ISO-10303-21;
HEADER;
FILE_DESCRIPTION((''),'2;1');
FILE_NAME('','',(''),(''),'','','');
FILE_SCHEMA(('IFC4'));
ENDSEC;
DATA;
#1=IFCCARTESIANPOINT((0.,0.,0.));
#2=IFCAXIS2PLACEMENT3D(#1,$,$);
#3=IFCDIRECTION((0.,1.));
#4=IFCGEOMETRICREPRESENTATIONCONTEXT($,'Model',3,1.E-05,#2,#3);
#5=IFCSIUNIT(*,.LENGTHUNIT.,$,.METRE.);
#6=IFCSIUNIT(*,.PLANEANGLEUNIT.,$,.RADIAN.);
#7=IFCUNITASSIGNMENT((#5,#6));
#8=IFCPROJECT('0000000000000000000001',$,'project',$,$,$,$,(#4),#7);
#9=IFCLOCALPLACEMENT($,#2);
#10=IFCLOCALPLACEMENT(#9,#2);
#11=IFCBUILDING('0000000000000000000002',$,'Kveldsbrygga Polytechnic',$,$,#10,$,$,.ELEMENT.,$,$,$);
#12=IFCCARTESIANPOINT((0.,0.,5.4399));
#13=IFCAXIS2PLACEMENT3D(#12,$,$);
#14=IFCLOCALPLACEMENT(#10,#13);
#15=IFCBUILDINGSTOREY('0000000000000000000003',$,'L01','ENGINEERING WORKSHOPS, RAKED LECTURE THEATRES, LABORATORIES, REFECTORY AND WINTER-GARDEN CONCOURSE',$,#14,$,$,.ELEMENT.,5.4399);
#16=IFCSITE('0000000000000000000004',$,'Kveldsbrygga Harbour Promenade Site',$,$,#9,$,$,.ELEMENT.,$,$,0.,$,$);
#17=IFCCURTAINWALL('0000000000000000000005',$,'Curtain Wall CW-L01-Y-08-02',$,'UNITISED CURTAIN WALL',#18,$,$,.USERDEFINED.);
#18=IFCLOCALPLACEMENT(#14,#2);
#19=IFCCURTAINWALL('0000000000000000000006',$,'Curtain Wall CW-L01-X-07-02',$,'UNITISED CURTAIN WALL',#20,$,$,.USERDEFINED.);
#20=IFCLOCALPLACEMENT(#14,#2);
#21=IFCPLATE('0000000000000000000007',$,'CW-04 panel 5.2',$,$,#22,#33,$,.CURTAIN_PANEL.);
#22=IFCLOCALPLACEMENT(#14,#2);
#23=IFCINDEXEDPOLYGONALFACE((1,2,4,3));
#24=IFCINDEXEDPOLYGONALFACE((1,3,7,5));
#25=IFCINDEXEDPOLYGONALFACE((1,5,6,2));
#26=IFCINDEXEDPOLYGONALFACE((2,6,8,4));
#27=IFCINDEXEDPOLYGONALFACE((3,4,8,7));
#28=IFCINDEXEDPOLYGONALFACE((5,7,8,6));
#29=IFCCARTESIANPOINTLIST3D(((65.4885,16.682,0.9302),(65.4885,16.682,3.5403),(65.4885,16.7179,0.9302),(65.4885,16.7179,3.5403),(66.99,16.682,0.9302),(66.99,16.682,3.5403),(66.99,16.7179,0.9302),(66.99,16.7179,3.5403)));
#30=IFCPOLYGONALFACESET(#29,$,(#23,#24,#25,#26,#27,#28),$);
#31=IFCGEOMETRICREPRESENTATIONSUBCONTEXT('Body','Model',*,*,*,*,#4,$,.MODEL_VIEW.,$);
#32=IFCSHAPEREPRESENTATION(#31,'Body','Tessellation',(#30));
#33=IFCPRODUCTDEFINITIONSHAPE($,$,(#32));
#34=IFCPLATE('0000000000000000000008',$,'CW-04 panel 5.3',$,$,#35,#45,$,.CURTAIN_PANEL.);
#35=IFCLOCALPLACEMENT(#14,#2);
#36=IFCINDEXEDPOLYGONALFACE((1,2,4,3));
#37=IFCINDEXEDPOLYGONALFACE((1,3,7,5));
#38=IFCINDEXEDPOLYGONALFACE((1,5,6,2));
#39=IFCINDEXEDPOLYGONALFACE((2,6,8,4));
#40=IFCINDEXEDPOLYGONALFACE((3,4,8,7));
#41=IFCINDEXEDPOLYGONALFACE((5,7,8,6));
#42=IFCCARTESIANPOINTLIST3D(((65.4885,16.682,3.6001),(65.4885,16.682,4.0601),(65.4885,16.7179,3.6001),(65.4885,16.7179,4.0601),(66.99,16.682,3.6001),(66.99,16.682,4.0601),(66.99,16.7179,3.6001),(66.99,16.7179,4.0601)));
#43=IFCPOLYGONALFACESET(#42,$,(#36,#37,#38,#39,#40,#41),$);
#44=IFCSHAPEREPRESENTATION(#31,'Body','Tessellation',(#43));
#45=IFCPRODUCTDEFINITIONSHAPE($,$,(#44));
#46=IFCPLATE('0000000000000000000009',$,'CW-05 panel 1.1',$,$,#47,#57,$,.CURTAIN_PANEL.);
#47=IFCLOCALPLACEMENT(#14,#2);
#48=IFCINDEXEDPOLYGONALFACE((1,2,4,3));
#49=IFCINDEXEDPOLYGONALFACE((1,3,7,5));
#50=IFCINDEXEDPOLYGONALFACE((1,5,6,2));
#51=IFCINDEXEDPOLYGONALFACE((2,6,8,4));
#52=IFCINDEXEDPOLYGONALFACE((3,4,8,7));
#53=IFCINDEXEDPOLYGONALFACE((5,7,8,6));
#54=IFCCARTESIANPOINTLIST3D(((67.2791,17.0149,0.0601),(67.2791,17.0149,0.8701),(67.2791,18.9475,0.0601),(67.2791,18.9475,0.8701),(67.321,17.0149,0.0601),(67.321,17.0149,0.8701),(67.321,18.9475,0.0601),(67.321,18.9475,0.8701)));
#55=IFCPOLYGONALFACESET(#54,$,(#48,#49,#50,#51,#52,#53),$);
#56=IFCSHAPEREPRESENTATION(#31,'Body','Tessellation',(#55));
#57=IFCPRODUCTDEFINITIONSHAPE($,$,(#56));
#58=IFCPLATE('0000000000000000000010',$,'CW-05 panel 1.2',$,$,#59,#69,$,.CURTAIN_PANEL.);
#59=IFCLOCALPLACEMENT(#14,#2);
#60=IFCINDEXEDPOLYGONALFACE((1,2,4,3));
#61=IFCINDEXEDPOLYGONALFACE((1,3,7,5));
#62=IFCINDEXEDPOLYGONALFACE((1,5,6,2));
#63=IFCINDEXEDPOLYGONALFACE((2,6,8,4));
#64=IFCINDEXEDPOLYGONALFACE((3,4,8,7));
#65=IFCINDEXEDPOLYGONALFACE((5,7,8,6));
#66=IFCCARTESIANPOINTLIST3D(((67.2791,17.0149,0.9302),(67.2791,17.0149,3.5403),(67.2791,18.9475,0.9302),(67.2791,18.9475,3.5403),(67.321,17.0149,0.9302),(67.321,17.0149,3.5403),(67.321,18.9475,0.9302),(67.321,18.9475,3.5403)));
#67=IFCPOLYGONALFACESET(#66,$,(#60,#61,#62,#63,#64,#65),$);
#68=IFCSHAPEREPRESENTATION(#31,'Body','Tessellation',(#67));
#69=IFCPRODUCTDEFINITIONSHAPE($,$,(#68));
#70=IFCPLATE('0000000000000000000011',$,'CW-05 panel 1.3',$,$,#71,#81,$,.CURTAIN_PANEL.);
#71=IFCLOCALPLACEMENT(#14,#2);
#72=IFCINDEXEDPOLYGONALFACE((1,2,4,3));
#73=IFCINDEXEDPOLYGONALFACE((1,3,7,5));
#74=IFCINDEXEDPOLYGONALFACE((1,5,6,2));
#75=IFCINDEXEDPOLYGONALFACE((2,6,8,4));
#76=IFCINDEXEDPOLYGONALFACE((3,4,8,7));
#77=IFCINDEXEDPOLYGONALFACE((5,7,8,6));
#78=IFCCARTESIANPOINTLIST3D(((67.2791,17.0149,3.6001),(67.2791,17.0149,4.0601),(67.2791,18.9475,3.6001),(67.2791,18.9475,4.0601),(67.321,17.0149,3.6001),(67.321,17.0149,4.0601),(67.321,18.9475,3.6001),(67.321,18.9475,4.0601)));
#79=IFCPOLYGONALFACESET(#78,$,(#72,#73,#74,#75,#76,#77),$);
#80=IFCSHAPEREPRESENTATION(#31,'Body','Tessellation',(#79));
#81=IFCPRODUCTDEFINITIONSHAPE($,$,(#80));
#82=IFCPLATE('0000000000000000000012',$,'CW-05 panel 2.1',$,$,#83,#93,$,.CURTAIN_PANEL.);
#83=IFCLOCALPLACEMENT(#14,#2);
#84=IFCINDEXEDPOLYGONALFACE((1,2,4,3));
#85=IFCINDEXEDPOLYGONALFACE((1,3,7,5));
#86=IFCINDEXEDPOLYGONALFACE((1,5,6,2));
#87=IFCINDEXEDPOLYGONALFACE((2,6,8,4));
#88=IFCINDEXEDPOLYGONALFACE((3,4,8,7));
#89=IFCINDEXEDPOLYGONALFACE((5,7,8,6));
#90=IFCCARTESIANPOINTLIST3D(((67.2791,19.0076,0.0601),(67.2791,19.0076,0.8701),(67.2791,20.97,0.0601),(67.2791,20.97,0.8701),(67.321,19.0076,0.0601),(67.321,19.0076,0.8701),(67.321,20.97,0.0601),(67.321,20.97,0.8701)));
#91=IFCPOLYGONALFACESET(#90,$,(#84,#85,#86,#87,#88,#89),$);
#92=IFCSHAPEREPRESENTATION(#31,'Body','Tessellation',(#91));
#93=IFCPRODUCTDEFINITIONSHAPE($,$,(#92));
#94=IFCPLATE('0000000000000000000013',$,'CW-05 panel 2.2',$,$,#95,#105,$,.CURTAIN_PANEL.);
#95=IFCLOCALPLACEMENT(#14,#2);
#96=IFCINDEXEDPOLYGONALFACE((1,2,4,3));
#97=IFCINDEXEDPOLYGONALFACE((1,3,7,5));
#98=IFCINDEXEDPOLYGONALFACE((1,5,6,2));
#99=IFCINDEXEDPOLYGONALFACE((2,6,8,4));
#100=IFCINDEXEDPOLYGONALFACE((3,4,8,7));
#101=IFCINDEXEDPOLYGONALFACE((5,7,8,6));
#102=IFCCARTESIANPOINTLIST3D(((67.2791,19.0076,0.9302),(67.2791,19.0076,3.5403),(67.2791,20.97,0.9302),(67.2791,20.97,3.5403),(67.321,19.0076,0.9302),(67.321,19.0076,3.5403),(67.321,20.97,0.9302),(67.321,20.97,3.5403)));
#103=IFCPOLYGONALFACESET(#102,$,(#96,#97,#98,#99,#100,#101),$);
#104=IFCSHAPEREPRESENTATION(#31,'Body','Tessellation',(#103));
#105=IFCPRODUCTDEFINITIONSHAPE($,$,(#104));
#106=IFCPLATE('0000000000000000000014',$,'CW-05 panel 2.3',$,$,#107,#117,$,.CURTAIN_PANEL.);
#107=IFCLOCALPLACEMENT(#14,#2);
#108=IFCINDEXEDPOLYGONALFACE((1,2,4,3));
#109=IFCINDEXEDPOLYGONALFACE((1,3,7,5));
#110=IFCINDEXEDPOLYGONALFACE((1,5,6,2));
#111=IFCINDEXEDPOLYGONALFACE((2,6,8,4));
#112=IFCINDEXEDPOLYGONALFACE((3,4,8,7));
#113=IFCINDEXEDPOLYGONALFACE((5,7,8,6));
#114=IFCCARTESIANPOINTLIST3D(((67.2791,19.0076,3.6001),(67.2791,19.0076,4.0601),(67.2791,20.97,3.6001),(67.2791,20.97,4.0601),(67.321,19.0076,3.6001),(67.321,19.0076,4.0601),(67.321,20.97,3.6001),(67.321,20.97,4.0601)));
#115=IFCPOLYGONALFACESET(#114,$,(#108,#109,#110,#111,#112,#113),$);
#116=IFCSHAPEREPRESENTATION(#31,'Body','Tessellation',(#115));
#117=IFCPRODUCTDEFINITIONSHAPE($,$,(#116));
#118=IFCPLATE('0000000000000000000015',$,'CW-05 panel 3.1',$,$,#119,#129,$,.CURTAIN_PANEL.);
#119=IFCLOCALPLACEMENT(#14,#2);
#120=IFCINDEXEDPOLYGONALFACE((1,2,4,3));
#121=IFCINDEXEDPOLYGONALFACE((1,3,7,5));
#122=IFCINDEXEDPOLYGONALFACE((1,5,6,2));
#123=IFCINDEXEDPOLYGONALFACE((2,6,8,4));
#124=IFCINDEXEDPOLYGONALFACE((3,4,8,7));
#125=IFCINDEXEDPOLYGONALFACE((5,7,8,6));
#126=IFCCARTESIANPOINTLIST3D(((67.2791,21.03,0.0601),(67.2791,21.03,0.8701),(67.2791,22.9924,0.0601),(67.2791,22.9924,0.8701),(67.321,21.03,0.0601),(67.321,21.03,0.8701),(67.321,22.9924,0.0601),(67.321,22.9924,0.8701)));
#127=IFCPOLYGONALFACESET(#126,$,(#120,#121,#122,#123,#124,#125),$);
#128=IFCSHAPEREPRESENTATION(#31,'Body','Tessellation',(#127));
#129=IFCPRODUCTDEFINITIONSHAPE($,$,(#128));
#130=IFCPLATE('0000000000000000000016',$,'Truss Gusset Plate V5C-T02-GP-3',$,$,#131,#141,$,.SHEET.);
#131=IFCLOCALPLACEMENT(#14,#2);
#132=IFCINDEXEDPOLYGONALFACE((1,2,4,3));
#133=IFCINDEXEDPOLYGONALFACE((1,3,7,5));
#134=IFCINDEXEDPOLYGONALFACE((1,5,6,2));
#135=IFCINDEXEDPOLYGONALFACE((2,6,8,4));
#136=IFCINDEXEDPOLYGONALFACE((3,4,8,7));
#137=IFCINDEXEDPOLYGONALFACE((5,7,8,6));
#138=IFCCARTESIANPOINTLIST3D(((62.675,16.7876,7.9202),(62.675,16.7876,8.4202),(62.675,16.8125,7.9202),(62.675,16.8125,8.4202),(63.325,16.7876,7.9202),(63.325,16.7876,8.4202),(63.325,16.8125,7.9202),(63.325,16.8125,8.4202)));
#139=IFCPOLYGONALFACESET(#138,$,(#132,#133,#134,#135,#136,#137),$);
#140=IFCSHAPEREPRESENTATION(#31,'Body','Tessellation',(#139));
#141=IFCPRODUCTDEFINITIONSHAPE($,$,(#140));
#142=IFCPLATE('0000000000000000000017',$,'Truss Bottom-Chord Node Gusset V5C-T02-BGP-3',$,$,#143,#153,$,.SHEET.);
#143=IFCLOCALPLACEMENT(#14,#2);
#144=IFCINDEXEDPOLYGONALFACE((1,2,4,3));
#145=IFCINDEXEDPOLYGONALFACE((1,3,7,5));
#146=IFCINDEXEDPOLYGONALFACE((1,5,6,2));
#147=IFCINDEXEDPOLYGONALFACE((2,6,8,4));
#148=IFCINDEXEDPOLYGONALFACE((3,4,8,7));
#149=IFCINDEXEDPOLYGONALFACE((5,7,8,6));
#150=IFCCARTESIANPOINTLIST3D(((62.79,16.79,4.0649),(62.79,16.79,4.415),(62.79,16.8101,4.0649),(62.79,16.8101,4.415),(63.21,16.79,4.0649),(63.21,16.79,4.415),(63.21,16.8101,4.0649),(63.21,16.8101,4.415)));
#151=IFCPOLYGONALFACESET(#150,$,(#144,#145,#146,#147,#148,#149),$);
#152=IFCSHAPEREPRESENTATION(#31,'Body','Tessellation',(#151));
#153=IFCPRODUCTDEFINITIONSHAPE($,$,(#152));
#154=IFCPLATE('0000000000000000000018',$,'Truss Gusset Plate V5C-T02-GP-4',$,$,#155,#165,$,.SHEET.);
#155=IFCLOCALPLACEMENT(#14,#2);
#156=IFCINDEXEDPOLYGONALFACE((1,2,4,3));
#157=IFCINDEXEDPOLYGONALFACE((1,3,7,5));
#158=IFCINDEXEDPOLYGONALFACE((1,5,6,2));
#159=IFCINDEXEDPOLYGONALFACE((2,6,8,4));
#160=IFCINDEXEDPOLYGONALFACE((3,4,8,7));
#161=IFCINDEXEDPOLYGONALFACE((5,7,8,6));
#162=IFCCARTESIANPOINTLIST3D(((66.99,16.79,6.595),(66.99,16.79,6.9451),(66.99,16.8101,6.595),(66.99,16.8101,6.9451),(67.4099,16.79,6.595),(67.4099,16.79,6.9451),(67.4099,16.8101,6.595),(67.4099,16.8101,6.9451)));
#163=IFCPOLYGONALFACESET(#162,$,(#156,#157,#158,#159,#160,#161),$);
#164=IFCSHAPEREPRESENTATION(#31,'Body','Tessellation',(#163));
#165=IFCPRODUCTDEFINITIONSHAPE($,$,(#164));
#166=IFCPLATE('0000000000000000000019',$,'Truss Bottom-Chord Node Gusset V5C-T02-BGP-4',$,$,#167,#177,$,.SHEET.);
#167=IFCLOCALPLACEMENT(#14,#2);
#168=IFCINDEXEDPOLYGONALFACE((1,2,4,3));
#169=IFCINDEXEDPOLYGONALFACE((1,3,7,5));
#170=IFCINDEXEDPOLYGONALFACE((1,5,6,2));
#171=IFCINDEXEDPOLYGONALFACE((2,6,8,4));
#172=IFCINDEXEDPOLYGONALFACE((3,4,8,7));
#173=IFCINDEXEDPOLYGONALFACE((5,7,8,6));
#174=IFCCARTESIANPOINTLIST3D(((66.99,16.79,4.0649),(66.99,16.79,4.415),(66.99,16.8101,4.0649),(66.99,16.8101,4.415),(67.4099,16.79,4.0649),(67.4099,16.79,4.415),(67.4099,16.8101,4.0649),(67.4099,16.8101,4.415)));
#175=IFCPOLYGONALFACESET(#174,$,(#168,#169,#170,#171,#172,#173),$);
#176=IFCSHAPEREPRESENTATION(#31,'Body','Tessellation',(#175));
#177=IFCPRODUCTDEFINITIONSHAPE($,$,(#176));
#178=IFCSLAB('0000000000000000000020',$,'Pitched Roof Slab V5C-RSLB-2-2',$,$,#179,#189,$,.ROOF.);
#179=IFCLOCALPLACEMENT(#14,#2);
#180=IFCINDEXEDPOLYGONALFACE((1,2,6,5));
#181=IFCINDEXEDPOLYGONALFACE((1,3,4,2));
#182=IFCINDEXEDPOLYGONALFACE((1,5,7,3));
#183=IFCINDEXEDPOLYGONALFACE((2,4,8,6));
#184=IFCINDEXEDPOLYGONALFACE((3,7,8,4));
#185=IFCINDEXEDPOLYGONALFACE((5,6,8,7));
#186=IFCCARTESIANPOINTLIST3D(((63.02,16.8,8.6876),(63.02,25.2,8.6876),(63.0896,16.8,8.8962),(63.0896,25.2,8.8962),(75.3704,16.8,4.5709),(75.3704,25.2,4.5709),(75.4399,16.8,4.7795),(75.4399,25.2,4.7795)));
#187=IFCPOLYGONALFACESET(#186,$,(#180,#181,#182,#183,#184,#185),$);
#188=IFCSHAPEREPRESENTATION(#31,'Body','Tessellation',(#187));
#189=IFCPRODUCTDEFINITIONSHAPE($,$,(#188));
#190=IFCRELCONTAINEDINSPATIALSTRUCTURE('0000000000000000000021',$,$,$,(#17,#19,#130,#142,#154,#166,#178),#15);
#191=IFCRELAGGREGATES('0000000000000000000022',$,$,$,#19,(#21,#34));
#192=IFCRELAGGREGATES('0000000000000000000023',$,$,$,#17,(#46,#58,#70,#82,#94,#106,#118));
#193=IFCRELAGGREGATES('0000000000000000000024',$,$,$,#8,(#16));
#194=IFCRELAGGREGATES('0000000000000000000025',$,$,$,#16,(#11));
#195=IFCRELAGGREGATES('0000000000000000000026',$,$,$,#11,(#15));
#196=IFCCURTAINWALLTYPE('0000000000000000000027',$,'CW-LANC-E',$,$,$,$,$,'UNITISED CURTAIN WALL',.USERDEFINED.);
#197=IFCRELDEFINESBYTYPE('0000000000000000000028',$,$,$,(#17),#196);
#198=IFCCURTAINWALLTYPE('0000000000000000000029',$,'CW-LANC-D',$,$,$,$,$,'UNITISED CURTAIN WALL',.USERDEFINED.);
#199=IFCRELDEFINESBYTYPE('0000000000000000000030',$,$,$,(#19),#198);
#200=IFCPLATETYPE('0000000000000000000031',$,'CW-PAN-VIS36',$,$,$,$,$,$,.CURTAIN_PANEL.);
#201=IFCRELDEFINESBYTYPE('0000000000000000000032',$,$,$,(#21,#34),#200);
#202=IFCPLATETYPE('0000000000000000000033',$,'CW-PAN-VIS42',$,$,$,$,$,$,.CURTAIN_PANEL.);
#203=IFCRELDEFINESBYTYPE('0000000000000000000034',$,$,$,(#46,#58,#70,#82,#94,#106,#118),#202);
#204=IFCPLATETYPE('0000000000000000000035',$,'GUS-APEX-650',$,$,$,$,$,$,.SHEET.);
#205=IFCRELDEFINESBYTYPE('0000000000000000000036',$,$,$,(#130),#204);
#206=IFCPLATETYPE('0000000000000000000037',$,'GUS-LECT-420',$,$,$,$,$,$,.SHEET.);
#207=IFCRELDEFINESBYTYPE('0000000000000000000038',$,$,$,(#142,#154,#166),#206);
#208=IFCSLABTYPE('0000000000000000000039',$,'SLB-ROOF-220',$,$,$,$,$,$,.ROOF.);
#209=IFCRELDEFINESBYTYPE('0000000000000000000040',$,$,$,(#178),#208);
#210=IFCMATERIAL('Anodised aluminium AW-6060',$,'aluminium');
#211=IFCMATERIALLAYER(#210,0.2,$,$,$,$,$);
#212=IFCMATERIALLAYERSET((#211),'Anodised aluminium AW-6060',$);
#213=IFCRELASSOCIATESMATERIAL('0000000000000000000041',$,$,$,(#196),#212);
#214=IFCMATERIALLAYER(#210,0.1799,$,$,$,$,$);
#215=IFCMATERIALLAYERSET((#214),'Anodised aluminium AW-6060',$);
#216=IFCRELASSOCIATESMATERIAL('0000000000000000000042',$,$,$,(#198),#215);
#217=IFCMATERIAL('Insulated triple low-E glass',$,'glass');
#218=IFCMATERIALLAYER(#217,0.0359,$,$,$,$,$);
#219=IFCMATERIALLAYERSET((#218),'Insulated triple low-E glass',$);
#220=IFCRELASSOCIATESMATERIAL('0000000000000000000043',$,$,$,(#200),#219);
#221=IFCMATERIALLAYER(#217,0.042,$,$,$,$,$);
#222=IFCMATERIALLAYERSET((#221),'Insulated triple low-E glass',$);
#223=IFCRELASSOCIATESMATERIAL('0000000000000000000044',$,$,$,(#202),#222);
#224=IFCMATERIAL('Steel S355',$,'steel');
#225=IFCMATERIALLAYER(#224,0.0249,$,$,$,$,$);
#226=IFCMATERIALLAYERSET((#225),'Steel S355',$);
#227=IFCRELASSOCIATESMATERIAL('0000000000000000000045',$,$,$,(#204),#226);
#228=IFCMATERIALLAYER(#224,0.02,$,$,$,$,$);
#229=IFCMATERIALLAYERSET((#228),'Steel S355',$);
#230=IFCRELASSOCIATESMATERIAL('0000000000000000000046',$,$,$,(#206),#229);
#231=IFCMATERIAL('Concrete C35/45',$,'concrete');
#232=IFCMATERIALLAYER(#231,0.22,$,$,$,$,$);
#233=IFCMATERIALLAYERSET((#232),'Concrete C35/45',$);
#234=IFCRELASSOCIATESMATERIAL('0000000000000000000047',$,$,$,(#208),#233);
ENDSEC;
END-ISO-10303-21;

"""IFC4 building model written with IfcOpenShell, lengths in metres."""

from ifc_helpers import new_model, si_unit, direction, frame, origin, origin_2d, place, context, subcontext, project, spatial, polyline, rectangle, outline, extrude, material, layer, layer_set, type_object, element, aggregate, save


model = new_model("IFC4")

# Units and contexts
model_context = context("Model", 3, precision=1e-05, world=origin(), true_north=direction((0.0, 1.0)))
body_context = subcontext(model_context, "Body", "Model", "MODEL_VIEW")
ifc_project = project(units=[si_unit("LENGTHUNIT", "METRE"), si_unit("PLANEANGLEUNIT", "RADIAN")], contexts=[model_context])

# Site, building, storey
site_placement = place(None, origin())
site = spatial("IfcSite", under=ifc_project, at=site_placement, Name="Kveldsbrygga Harbour Promenade Site", CompositionType="ELEMENT", RefElevation=0.0)
building_placement = place(site_placement, origin())
building = spatial("IfcBuilding", under=site, at=building_placement, Name="Kveldsbrygga Polytechnic", CompositionType="ELEMENT")
storey_placement = place(building_placement, frame((0.0, 0.0, 5.4399)))
storey = spatial("IfcBuildingStorey", under=building, at=storey_placement, Name="L01", Description="ENGINEERING WORKSHOPS, RAKED LECTURE THEATRES, LABORATORIES, REFECTORY AND WINTER-GARDEN CONCOURSE", CompositionType="ELEMENT", Elevation=5.4399)

# Shared definitions
ifc_material_1 = material(Name="Steel S355", Category="steel")

# Curtain wall
ifc_material_2 = material(Name="Anodised aluminium AW-6060", Category="aluminium")
ifc_layer_1 = layer(ifc_material_2, 0.2)
ifc_layer_set_1 = layer_set([ifc_layer_1], Name="Anodised aluminium AW-6060")
curtain_wall_type_1 = type_object("IfcCurtainWallType", Name="CW-LANC-E", ElementType="UNITISED CURTAIN WALL", PredefinedType="USERDEFINED", material=ifc_layer_set_1)
curtain_wall_1_placement = place(storey_placement, origin())
curtain_wall_1 = element("IfcCurtainWall", 1, at=curtain_wall_1_placement, inside=storey, type_object=curtain_wall_type_1, Name="Curtain Wall CW-L01-Y-08-02", ObjectType="UNITISED CURTAIN WALL", PredefinedType="USERDEFINED")

# Curtain wall
ifc_layer_2 = layer(ifc_material_2, 0.1799)
ifc_layer_set_2 = layer_set([ifc_layer_2], Name="Anodised aluminium AW-6060")
curtain_wall_type_2 = type_object("IfcCurtainWallType", Name="CW-LANC-D", ElementType="UNITISED CURTAIN WALL", PredefinedType="USERDEFINED", material=ifc_layer_set_2)
curtain_wall_2_placement = place(storey_placement, origin())
curtain_wall_2 = element("IfcCurtainWall", 2, at=curtain_wall_2_placement, inside=storey, type_object=curtain_wall_type_2, Name="Curtain Wall CW-L01-X-07-02", ObjectType="UNITISED CURTAIN WALL", PredefinedType="USERDEFINED")

# Plates
ifc_material_3 = material(Name="Insulated triple low-E glass", Category="glass")
ifc_layer_3 = layer(ifc_material_3, 0.0359)
ifc_layer_set_3 = layer_set([ifc_layer_3], Name="Insulated triple low-E glass")
plate_type_1 = type_object("IfcPlateType", Name="CW-PAN-VIS36", PredefinedType="CURTAIN_PANEL", material=ifc_layer_set_3)
plate_1_placement = place(storey_placement, frame((66.2393, 16.7, 0.9302), z_axis=(0.0, 0.0, 1.0), x_axis=(1.0, 0.0, 0.0)))
plate_1 = element("IfcPlate", 3, at=plate_1_placement, type_object=plate_type_1, Name="CW-04 panel 5.2", PredefinedType="CURTAIN_PANEL", context=body_context, shape_type="SweptSolid", body=[
    extrude(rectangle(XDim=1.5015, YDim=0.0359, at=origin_2d()), origin(), (0.0, 0.0, 1.0), 2.6101),
])
plate_2_placement = place(storey_placement, frame((66.2393, 16.7, 3.6001), z_axis=(0.0, 0.0, 1.0), x_axis=(1.0, 0.0, 0.0)))
plate_2 = element("IfcPlate", 4, at=plate_2_placement, type_object=plate_type_1, Name="CW-04 panel 5.3", PredefinedType="CURTAIN_PANEL", context=body_context, shape_type="SweptSolid", body=[
    extrude(rectangle(XDim=1.5015, YDim=0.0359, at=origin_2d()), origin(), (0.0, 0.0, 1.0), 0.46),
])
aggregate(curtain_wall_2, [plate_1, plate_2])
ifc_layer_4 = layer(ifc_material_3, 0.042)
ifc_layer_set_4 = layer_set([ifc_layer_4], Name="Insulated triple low-E glass")
plate_type_2 = type_object("IfcPlateType", Name="CW-PAN-VIS42", PredefinedType="CURTAIN_PANEL", material=ifc_layer_set_4)
plate_3_placement = place(storey_placement, frame((67.3, 17.9812, 0.0601), z_axis=(0.0, 0.0, 1.0), x_axis=(0.0, 1.0, 0.0)))
plate_3 = element("IfcPlate", 5, at=plate_3_placement, type_object=plate_type_2, Name="CW-05 panel 1.1", PredefinedType="CURTAIN_PANEL", context=body_context, shape_type="SweptSolid", body=[
    extrude(rectangle(XDim=1.9326, YDim=0.042, at=origin_2d()), origin(), (0.0, 0.0, 1.0), 0.8101),
])
plate_4_placement = place(storey_placement, frame((67.3, 17.9812, 0.9302), z_axis=(0.0, 0.0, 1.0), x_axis=(0.0, 1.0, 0.0)))
plate_4 = element("IfcPlate", 6, at=plate_4_placement, type_object=plate_type_2, Name="CW-05 panel 1.2", PredefinedType="CURTAIN_PANEL", context=body_context, shape_type="SweptSolid", body=[
    extrude(rectangle(XDim=1.9326, YDim=0.042, at=origin_2d()), origin(), (0.0, 0.0, 1.0), 2.6101),
])
plate_5_placement = place(storey_placement, frame((67.3, 17.9812, 3.6001), z_axis=(0.0, 0.0, 1.0), x_axis=(0.0, 1.0, 0.0)))
plate_5 = element("IfcPlate", 7, at=plate_5_placement, type_object=plate_type_2, Name="CW-05 panel 1.3", PredefinedType="CURTAIN_PANEL", context=body_context, shape_type="SweptSolid", body=[
    extrude(rectangle(XDim=1.9326, YDim=0.042, at=origin_2d()), origin(), (0.0, 0.0, 1.0), 0.46),
])
plate_6_placement = place(storey_placement, frame((67.3, 19.9888, 0.0601), z_axis=(0.0, 0.0, 1.0), x_axis=(0.0, 1.0, 0.0)))
plate_6 = element("IfcPlate", 8, at=plate_6_placement, type_object=plate_type_2, Name="CW-05 panel 2.1", PredefinedType="CURTAIN_PANEL", context=body_context, shape_type="SweptSolid", body=[
    extrude(rectangle(XDim=1.9624, YDim=0.042, at=origin_2d()), origin(), (0.0, 0.0, 1.0), 0.8101),
])
plate_7_placement = place(storey_placement, frame((67.3, 19.9888, 0.9302), z_axis=(0.0, 0.0, 1.0), x_axis=(0.0, 1.0, 0.0)))
plate_7 = element("IfcPlate", 9, at=plate_7_placement, type_object=plate_type_2, Name="CW-05 panel 2.2", PredefinedType="CURTAIN_PANEL", context=body_context, shape_type="SweptSolid", body=[
    extrude(rectangle(XDim=1.9624, YDim=0.042, at=origin_2d()), origin(), (0.0, 0.0, 1.0), 2.6101),
])
plate_8_placement = place(storey_placement, frame((67.3, 19.9888, 3.6001), z_axis=(0.0, 0.0, 1.0), x_axis=(0.0, 1.0, 0.0)))
plate_8 = element("IfcPlate", 10, at=plate_8_placement, type_object=plate_type_2, Name="CW-05 panel 2.3", PredefinedType="CURTAIN_PANEL", context=body_context, shape_type="SweptSolid", body=[
    extrude(rectangle(XDim=1.9624, YDim=0.042, at=origin_2d()), origin(), (0.0, 0.0, 1.0), 0.46),
])
plate_9_placement = place(storey_placement, frame((67.3, 22.0112, 0.0601), z_axis=(0.0, 0.0, 1.0), x_axis=(0.0, 1.0, 0.0)))
plate_9 = element("IfcPlate", 11, at=plate_9_placement, type_object=plate_type_2, Name="CW-05 panel 3.1", PredefinedType="CURTAIN_PANEL", context=body_context, shape_type="SweptSolid", body=[
    extrude(rectangle(XDim=1.9624, YDim=0.042, at=origin_2d()), origin(), (0.0, 0.0, 1.0), 0.8101),
])
aggregate(curtain_wall_1, [plate_3, plate_4, plate_5, plate_6, plate_7, plate_8, plate_9])

# Plates
ifc_layer_5 = layer(ifc_material_1, 0.0249)
ifc_layer_set_5 = layer_set([ifc_layer_5], Name="Steel S355")
plate_type_3 = type_object("IfcPlateType", Name="GUS-APEX-650", PredefinedType="SHEET", material=ifc_layer_set_5)
plate_10_placement = place(storey_placement, frame((63.0, 16.8, 7.9202), z_axis=(0.0, 0.0, 1.0), x_axis=(1.0, 0.0, 0.0)))
element("IfcPlate", 12, at=plate_10_placement, inside=storey, type_object=plate_type_3, Name="Truss Gusset Plate V5C-T02-GP-3", PredefinedType="SHEET", context=body_context, shape_type="SweptSolid", body=[
    extrude(rectangle(XDim=0.6499, YDim=0.0249, at=origin_2d()), origin(), (0.0, 0.0, 1.0), 0.5),
])
ifc_layer_6 = layer(ifc_material_1, 0.02)
ifc_layer_set_6 = layer_set([ifc_layer_6], Name="Steel S355")
plate_type_4 = type_object("IfcPlateType", Name="GUS-LECT-420", PredefinedType="SHEET", material=ifc_layer_set_6)
for number, where, z_axis, x_axis, name in (
    (13, (63.0, 16.8, 4.0649), (0.0, 0.0, 1.0), (1.0, 0.0, 0.0), "Truss Bottom-Chord Node Gusset V5C-T02-BGP-3"),
    (14, (67.2, 16.8, 6.595), (0.0, 0.0, 1.0), (1.0, 0.0, 0.0), "Truss Gusset Plate V5C-T02-GP-4"),
    (15, (67.2, 16.8, 4.0649), (0.0, 0.0, 1.0), (1.0, 0.0, 0.0), "Truss Bottom-Chord Node Gusset V5C-T02-BGP-4"),
):
    element("IfcPlate", number, at=place(storey_placement, frame(where, z_axis=z_axis, x_axis=x_axis)), inside=storey, type_object=plate_type_4, Name=name, PredefinedType="SHEET", context=body_context, shape_type="SweptSolid", body=[
        extrude(rectangle(XDim=0.4199, YDim=0.02, at=origin_2d()), origin(), (0.0, 0.0, 1.0), 0.3501),
    ])

# Slab
ifc_material_4 = material(Name="Concrete C35/45", Category="concrete")
ifc_layer_7 = layer(ifc_material_4, 0.22)
ifc_layer_set_7 = layer_set([ifc_layer_7], Name="Concrete C35/45")
slab_type = type_object("IfcSlabType", Name="SLB-ROOF-220", PredefinedType="ROOF", material=ifc_layer_set_7)
slab_placement = place(storey_placement, frame((63.0896, 16.8, 8.8962), z_axis=(0.316222, 0.0, 0.948685), x_axis=(0.948685, 0.0, -0.316222)))
element("IfcSlab", 16, at=slab_placement, inside=storey, type_object=slab_type, Name="Pitched Roof Slab V5C-RSLB-2-2", PredefinedType="ROOF", context=body_context, shape_type="SweptSolid", body=[
    extrude(outline(polyline([(0.0, 0.0), (13.0184, 0.0), (13.0184, 8.3999), (0.0, 8.3999), (0.0, 0.0)])), origin(), (0.0, 0.0, -1.0), 0.22),
])

save(model, "model.ifc")
